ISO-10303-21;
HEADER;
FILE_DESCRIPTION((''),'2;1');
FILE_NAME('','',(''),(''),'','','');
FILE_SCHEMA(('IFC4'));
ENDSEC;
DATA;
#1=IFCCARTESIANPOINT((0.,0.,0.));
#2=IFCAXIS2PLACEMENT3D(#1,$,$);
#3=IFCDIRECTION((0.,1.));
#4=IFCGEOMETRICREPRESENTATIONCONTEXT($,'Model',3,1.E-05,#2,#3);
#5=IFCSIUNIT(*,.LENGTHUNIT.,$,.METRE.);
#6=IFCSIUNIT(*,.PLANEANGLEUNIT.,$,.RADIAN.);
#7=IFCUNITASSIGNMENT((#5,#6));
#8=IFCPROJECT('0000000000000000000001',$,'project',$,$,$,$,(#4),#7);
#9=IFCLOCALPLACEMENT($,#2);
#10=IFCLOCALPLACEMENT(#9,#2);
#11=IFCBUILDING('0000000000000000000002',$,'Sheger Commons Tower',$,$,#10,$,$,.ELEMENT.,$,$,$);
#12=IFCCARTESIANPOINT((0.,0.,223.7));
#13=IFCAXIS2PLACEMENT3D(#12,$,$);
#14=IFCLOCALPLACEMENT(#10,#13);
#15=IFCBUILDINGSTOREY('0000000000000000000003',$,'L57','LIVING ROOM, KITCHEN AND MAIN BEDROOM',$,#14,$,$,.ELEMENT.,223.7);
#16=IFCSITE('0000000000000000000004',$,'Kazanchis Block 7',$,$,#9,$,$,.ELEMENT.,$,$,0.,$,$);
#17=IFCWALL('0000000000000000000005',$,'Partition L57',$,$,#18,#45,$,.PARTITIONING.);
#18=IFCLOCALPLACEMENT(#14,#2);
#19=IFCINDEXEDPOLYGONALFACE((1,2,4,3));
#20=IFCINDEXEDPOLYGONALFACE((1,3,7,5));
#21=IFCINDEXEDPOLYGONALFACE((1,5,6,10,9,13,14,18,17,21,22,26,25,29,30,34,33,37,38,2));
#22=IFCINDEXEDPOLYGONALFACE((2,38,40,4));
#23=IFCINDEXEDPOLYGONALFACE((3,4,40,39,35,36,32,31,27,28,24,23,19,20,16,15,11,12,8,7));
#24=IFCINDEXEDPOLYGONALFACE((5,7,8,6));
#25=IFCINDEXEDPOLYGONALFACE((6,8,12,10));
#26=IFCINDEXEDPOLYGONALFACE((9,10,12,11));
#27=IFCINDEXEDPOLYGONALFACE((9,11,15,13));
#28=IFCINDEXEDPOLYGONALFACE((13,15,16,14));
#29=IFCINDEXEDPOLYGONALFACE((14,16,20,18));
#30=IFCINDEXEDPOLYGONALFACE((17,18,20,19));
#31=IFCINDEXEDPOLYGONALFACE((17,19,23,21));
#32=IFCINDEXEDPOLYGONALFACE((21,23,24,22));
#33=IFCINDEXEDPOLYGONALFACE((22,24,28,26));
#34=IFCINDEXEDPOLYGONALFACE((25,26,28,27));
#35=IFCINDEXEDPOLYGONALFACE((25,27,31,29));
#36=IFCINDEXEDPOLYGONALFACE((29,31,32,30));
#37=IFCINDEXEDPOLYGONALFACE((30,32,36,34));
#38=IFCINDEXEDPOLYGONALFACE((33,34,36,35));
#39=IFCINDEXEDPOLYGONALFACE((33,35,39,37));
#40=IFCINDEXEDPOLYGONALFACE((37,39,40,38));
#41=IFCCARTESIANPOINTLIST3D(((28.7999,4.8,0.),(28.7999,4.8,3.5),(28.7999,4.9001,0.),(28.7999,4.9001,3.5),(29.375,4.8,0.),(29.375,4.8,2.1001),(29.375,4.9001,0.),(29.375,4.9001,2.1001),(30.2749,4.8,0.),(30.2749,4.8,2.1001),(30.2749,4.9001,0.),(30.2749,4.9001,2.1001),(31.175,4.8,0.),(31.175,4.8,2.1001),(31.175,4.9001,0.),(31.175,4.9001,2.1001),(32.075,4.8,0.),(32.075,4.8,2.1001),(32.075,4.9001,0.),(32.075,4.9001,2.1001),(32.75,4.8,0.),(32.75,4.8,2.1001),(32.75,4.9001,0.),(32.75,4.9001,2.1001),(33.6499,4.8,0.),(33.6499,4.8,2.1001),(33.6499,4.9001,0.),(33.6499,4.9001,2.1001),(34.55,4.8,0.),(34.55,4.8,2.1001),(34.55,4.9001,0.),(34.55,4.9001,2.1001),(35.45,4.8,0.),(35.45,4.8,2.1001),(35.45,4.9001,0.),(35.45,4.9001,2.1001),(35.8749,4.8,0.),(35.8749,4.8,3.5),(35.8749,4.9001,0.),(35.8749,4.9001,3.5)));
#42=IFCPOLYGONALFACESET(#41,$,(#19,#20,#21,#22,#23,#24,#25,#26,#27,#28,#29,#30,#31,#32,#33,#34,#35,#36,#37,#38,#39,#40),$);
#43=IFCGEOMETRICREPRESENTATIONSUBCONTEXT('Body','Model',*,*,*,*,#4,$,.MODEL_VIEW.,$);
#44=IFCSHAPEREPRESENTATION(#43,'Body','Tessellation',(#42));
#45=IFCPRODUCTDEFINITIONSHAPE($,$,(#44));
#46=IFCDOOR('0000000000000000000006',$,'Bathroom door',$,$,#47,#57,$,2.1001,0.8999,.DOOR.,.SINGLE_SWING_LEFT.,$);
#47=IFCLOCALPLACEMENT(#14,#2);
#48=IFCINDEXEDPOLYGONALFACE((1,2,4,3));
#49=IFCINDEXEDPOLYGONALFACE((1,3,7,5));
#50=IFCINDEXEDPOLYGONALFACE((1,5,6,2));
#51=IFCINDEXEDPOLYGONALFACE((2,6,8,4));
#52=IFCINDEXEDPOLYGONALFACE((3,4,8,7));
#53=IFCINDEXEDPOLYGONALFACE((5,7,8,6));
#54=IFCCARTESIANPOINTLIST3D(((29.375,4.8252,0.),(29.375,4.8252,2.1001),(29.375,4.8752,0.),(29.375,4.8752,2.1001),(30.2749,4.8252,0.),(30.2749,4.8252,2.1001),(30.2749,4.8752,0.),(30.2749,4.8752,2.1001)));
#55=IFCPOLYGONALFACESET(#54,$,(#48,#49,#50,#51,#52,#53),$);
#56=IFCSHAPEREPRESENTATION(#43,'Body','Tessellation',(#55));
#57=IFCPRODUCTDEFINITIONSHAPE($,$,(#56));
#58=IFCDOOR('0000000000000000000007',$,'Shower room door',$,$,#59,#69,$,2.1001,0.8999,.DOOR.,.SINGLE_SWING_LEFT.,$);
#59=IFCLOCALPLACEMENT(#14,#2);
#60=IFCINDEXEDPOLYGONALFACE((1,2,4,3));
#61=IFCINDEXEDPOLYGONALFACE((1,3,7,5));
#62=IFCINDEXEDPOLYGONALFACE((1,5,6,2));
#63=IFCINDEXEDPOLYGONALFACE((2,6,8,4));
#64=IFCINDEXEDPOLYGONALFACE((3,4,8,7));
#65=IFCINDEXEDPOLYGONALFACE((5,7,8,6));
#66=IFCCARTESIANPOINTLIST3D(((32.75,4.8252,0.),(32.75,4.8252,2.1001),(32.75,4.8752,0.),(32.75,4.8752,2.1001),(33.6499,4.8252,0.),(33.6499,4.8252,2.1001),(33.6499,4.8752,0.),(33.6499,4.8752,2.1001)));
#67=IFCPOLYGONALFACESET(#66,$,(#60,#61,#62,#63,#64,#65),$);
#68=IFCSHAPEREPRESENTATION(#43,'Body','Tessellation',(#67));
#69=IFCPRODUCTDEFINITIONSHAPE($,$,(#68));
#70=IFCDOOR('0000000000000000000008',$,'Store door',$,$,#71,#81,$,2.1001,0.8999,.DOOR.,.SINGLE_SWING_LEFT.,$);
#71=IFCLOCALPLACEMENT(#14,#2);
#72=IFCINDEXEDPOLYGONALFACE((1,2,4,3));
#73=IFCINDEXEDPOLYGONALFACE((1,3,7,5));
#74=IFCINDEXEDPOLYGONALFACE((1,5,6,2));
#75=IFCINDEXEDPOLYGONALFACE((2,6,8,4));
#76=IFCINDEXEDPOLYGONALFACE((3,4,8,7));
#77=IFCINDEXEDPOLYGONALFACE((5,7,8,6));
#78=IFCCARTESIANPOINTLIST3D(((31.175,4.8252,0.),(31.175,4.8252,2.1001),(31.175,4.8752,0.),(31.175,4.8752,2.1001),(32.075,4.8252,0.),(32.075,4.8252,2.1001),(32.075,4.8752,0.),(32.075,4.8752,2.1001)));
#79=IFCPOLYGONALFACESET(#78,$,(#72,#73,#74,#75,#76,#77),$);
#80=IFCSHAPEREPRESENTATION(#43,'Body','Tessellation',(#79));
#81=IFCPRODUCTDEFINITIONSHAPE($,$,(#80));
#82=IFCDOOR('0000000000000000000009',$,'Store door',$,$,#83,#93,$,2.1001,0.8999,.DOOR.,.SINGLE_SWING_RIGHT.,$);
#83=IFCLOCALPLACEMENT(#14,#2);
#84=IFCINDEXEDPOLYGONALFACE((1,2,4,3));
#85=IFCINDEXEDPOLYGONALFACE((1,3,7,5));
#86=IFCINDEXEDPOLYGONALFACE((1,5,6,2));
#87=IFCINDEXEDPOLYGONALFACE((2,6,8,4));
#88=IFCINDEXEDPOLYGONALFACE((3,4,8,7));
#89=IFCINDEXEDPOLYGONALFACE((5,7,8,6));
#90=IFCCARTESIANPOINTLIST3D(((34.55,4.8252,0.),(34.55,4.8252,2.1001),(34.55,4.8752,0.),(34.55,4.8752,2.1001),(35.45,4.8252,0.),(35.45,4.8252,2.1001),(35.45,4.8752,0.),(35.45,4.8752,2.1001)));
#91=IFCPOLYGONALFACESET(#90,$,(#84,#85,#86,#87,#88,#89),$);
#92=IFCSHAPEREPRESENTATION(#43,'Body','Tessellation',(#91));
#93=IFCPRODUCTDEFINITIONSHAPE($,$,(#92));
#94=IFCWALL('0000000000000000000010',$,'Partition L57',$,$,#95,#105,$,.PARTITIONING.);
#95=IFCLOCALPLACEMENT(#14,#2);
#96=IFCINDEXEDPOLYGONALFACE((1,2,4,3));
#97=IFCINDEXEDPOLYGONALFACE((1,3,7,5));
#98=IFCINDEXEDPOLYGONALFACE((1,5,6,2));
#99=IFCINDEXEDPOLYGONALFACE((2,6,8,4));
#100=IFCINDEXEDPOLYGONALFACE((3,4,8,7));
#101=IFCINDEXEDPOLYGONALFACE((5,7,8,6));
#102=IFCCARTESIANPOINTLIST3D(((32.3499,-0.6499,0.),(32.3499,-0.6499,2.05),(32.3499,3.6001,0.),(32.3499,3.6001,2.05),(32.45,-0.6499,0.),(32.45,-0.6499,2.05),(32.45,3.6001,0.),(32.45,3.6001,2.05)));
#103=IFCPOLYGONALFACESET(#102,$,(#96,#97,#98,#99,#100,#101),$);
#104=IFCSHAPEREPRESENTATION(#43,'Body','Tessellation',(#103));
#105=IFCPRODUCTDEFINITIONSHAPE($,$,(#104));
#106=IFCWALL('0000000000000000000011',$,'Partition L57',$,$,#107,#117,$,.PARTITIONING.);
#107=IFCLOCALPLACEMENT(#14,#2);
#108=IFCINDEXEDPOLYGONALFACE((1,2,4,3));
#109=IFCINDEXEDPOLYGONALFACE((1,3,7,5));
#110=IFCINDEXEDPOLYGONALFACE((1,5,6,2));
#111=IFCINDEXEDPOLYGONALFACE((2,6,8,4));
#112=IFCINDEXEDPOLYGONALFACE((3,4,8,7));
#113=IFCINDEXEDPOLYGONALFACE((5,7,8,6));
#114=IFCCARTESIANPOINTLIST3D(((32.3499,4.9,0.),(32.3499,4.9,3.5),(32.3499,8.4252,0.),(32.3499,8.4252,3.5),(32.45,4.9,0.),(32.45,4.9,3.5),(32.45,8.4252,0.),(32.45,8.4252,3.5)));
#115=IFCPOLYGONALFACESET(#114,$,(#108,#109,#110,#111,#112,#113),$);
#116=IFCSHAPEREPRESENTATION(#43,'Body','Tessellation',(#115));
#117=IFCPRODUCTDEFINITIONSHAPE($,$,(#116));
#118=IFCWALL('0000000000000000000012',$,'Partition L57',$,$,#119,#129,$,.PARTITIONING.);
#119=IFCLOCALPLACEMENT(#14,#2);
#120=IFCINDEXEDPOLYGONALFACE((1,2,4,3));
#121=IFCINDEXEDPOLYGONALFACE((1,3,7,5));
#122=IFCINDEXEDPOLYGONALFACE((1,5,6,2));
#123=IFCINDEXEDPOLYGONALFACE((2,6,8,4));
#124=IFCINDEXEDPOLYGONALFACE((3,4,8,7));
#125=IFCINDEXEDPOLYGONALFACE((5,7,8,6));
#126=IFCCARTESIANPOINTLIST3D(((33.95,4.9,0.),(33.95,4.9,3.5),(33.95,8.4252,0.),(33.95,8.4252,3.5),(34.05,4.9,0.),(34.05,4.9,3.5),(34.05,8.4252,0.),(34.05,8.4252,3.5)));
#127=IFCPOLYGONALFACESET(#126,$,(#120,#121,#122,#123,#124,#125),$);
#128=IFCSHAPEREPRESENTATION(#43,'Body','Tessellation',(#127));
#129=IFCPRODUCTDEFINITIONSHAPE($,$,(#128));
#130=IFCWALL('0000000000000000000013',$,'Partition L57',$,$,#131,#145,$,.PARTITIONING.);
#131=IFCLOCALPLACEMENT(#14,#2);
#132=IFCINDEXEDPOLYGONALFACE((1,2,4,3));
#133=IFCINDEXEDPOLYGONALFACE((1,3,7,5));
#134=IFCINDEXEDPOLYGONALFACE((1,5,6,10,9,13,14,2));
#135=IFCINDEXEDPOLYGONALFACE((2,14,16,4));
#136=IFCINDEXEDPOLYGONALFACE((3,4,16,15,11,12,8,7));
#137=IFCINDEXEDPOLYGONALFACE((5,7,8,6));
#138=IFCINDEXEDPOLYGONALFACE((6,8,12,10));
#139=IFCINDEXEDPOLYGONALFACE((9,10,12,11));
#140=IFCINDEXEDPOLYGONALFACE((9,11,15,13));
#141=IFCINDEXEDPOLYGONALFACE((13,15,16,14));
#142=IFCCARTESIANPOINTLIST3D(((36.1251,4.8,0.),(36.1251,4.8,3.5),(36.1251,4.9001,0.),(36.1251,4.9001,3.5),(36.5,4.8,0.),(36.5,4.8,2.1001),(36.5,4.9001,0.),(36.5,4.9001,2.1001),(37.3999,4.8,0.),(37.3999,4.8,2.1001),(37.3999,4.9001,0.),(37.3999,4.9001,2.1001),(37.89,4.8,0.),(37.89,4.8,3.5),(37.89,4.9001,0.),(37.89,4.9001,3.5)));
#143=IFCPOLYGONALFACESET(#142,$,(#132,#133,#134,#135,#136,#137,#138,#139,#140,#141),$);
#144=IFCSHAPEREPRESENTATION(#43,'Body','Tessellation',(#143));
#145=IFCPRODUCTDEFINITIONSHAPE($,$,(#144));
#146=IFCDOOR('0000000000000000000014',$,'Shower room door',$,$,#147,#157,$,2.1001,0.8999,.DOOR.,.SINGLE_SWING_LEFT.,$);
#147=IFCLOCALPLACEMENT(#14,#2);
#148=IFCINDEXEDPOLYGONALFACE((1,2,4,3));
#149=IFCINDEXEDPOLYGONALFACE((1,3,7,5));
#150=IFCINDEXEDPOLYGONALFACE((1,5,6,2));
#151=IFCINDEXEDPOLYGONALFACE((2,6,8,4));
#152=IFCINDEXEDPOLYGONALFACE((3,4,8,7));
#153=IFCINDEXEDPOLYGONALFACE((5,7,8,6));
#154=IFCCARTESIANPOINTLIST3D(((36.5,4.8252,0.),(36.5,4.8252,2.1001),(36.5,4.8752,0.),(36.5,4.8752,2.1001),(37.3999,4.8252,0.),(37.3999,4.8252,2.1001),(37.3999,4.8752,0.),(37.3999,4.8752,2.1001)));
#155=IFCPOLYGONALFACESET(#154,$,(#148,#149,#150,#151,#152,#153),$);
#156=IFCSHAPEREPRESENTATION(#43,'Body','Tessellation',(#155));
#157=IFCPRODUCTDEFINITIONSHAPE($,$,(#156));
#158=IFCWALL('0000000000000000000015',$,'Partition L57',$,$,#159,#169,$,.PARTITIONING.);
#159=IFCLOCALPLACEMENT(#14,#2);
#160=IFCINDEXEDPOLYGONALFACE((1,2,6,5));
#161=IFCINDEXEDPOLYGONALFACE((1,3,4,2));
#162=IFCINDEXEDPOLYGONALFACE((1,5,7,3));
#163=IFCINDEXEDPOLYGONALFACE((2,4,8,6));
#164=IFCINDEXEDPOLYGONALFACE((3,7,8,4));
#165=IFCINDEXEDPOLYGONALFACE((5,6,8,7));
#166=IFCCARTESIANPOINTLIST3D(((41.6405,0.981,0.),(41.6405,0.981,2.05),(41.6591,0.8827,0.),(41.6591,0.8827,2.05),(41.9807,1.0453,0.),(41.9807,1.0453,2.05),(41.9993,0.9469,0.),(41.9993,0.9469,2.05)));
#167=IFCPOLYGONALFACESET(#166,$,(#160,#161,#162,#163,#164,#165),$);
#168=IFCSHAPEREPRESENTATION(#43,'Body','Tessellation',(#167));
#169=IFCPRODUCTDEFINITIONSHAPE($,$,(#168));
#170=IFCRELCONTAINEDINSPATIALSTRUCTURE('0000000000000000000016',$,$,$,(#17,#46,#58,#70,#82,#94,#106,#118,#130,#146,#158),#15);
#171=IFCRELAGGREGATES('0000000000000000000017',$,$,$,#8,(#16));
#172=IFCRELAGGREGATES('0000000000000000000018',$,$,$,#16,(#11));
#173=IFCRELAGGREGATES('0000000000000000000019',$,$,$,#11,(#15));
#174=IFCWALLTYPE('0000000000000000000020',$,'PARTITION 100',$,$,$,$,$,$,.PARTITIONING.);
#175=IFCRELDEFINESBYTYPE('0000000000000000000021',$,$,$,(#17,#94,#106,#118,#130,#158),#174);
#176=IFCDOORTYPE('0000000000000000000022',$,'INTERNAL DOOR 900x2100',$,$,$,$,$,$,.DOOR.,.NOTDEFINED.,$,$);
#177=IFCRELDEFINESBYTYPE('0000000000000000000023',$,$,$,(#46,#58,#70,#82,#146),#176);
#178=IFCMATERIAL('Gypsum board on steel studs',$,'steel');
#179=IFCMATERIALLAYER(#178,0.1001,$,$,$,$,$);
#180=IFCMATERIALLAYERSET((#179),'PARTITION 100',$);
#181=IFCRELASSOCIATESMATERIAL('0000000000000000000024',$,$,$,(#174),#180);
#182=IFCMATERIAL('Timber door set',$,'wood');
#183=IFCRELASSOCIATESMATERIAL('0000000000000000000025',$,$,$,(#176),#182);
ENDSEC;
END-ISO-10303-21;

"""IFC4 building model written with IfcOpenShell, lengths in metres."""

from ifc_helpers import new_model, si_unit, direction, frame, frame_2d, origin, place, context, subcontext, project, spatial, rectangle, extrude, material, layer, layer_set, type_object, element, fill, save


model = new_model("IFC4")

# Units and contexts
model_context = context("Model", 3, precision=1e-05, world=origin(), true_north=direction((0.0, 1.0)))
body_context = subcontext(model_context, "Body", "Model", "MODEL_VIEW")
ifc_project = project(units=[si_unit("LENGTHUNIT", "METRE"), si_unit("PLANEANGLEUNIT", "RADIAN")], contexts=[model_context])

# Site, building, storey
site_placement = place(None, origin())
site = spatial("IfcSite", under=ifc_project, at=site_placement, Name="Kazanchis Block 7", CompositionType="ELEMENT", RefElevation=0.0)
building_placement = place(site_placement, origin())
building = spatial("IfcBuilding", under=site, at=building_placement, Name="Sheger Commons Tower", CompositionType="ELEMENT")
storey_placement = place(building_placement, frame((0.0, 0.0, 223.7)))
storey = spatial("IfcBuildingStorey", under=building, at=storey_placement, Name="L57", Description="LIVING ROOM, KITCHEN AND MAIN BEDROOM", CompositionType="ELEMENT", Elevation=223.7)

# Wall, openings, doors
ifc_material_1 = material(Name="Gypsum board on steel studs", Category="steel")
ifc_layer_1 = layer(ifc_material_1, 0.1001)
ifc_layer_set_1 = layer_set([ifc_layer_1], Name="PARTITION 100")
wall_type_1 = type_object("IfcWallType", Name="PARTITION 100", PredefinedType="PARTITIONING", material=ifc_layer_set_1)
ifc_material_2 = material(Name="Timber door set", Category="wood")
door_type = type_object("IfcDoorType", Name="INTERNAL DOOR 900x2100", OperationType="NOTDEFINED", PredefinedType="DOOR", material=ifc_material_2)
wall_1_placement = place(storey_placement, frame((35.875, 4.8501, 0.0), z_axis=(0.0, 0.0, 1.0), x_axis=(-1.0, 0.0, 0.0)))
wall_1 = element("IfcWall", 1, at=wall_1_placement, inside=storey, type_object=wall_type_1, Name="Partition L57", PredefinedType="PARTITIONING", context=body_context, shape_type="SweptSolid", body=[
    extrude(rectangle(XDim=7.075, YDim=0.1001, at=frame_2d((3.5376, 0.0))), origin(), (0.0, 0.0, 1.0), 3.5),
])
opening_1_placement = place(wall_1_placement, frame((5.6001, 0.0, 0.0)))
opening_1 = element("IfcOpeningElement", 2, at=opening_1_placement, cuts=wall_1, PredefinedType="OPENING", context=body_context, shape_type="SweptSolid", body=[
    extrude(rectangle(XDim=0.8999, YDim=2.1001, at=frame_2d((0.45, 1.05))), frame((0.0, 0.0601, 0.0), z_axis=(0.0, -1.0, 0.0), x_axis=(1.0, 0.0, 0.0)), (0.0, 0.0, 1.0), 0.1201),
])
opening_2_placement = place(wall_1_placement, frame((2.2251, 0.0, 0.0)))
opening_2 = element("IfcOpeningElement", 3, at=opening_2_placement, cuts=wall_1, PredefinedType="OPENING", context=body_context, shape_type="SweptSolid", body=[
    extrude(rectangle(XDim=0.8999, YDim=2.1001, at=frame_2d((0.45, 1.05))), frame((0.0, 0.0601, 0.0), z_axis=(0.0, -1.0, 0.0), x_axis=(1.0, 0.0, 0.0)), (0.0, 0.0, 1.0), 0.1201),
])
opening_3_placement = place(wall_1_placement, frame((3.8, 0.0, 0.0)))
opening_3 = element("IfcOpeningElement", 4, at=opening_3_placement, cuts=wall_1, PredefinedType="OPENING", context=body_context, shape_type="SweptSolid", body=[
    extrude(rectangle(XDim=0.8999, YDim=2.1001, at=frame_2d((0.45, 1.05))), frame((0.0, 0.0601, 0.0), z_axis=(0.0, -1.0, 0.0), x_axis=(1.0, 0.0, 0.0)), (0.0, 0.0, 1.0), 0.1201),
])
opening_4_placement = place(wall_1_placement, frame((0.425, 0.0, 0.0)))
opening_4 = element("IfcOpeningElement", 5, at=opening_4_placement, cuts=wall_1, PredefinedType="OPENING", context=body_context, shape_type="SweptSolid", body=[
    extrude(rectangle(XDim=0.8999, YDim=2.1001, at=frame_2d((0.45, 1.05))), frame((0.0, 0.0601, 0.0), z_axis=(0.0, -1.0, 0.0), x_axis=(1.0, 0.0, 0.0)), (0.0, 0.0, 1.0), 0.1201),
])
door_1_placement = place(opening_1_placement, origin())
door_1 = element("IfcDoor", 6, at=door_1_placement, inside=storey, type_object=door_type, Name="Bathroom door", OperationType="SINGLE_SWING_LEFT", OverallHeight=2.1001, OverallWidth=0.8999, PredefinedType="DOOR", context=body_context, shape_type="SweptSolid", body=[
    extrude(rectangle(XDim=0.8999, YDim=2.1001, at=frame_2d((0.45, 1.05))), frame((0.0, 0.0249, 0.0), z_axis=(0.0, -1.0, 0.0), x_axis=(1.0, 0.0, 0.0)), (0.0, 0.0, 1.0), 0.05),
])
fill(opening_1, door_1)
door_2_placement = place(opening_2_placement, origin())
door_2 = element("IfcDoor", 7, at=door_2_placement, inside=storey, type_object=door_type, Name="Shower room door", OperationType="SINGLE_SWING_LEFT", OverallHeight=2.1001, OverallWidth=0.8999, PredefinedType="DOOR", context=body_context, shape_type="SweptSolid", body=[
    extrude(rectangle(XDim=0.8999, YDim=2.1001, at=frame_2d((0.45, 1.05))), frame((0.0, 0.0249, 0.0), z_axis=(0.0, -1.0, 0.0), x_axis=(1.0, 0.0, 0.0)), (0.0, 0.0, 1.0), 0.05),
])
fill(opening_2, door_2)
door_3_placement = place(opening_3_placement, origin())
door_3 = element("IfcDoor", 8, at=door_3_placement, inside=storey, type_object=door_type, Name="Store door", OperationType="SINGLE_SWING_LEFT", OverallHeight=2.1001, OverallWidth=0.8999, PredefinedType="DOOR", context=body_context, shape_type="SweptSolid", body=[
    extrude(rectangle(XDim=0.8999, YDim=2.1001, at=frame_2d((0.45, 1.05))), frame((0.0, 0.0249, 0.0), z_axis=(0.0, -1.0, 0.0), x_axis=(1.0, 0.0, 0.0)), (0.0, 0.0, 1.0), 0.05),
])
fill(opening_3, door_3)
door_4_placement = place(opening_4_placement, origin())
door_4 = element("IfcDoor", 9, at=door_4_placement, inside=storey, type_object=door_type, Name="Store door", OperationType="SINGLE_SWING_RIGHT", OverallHeight=2.1001, OverallWidth=0.8999, PredefinedType="DOOR", context=body_context, shape_type="SweptSolid", body=[
    extrude(rectangle(XDim=0.8999, YDim=2.1001, at=frame_2d((0.45, 1.05))), frame((0.0, 0.0249, 0.0), z_axis=(0.0, -1.0, 0.0), x_axis=(1.0, 0.0, 0.0)), (0.0, 0.0, 1.0), 0.05),
])
fill(opening_4, door_4)

# Walls
wall_2_placement = place(storey_placement, frame((32.3999, -0.6499, 0.0), z_axis=(0.0, 0.0, 1.0), x_axis=(0.0, 1.0, 0.0)))
element("IfcWall", 10, at=wall_2_placement, inside=storey, type_object=wall_type_1, Name="Partition L57", PredefinedType="PARTITIONING", context=body_context, shape_type="SweptSolid", body=[
    extrude(rectangle(XDim=4.25, YDim=0.1001, at=frame_2d((2.125, 0.0))), origin(), (0.0, 0.0, 1.0), 2.05),
])
for number, where, z_axis, x_axis, name in (
    (11, (32.3999, 4.8999, 0.0), (0.0, 0.0, 1.0), (0.0, 1.0, 0.0), "Partition L57"),
    (12, (34.0, 4.8999, 0.0), (0.0, 0.0, 1.0), (0.0, 1.0, 0.0), "Partition L57"),
):
    element("IfcWall", number, at=place(storey_placement, frame(where, z_axis=z_axis, x_axis=x_axis)), inside=storey, type_object=wall_type_1, Name=name, PredefinedType="PARTITIONING", context=body_context, shape_type="SweptSolid", body=[
        extrude(rectangle(XDim=3.5251, YDim=0.1001, at=frame_2d((1.7627, 0.0))), origin(), (0.0, 0.0, 1.0), 3.5),
    ])

# Wall, opening, door
wall_3_placement = place(storey_placement, frame((37.8899, 4.8501, 0.0), z_axis=(0.0, 0.0, 1.0), x_axis=(-1.0, 0.0, 0.0)))
wall_3 = element("IfcWall", 13, at=wall_3_placement, inside=storey, type_object=wall_type_1, Name="Partition L57", PredefinedType="PARTITIONING", context=body_context, shape_type="SweptSolid", body=[
    extrude(rectangle(XDim=1.7649, YDim=0.1001, at=frame_2d((0.8823, 0.0))), origin(), (0.0, 0.0, 1.0), 3.5),
])
opening_5_placement = place(wall_3_placement, frame((0.49, 0.0, 0.0)))
opening_5 = element("IfcOpeningElement", 14, at=opening_5_placement, cuts=wall_3, PredefinedType="OPENING", context=body_context, shape_type="SweptSolid", body=[
    extrude(rectangle(XDim=0.8999, YDim=2.1001, at=frame_2d((0.45, 1.05))), frame((0.0, 0.0601, 0.0), z_axis=(0.0, -1.0, 0.0), x_axis=(1.0, 0.0, 0.0)), (0.0, 0.0, 1.0), 0.1201),
])
door_5_placement = place(opening_5_placement, origin())
door_5 = element("IfcDoor", 15, at=door_5_placement, inside=storey, type_object=door_type, Name="Shower room door", OperationType="SINGLE_SWING_LEFT", OverallHeight=2.1001, OverallWidth=0.8999, PredefinedType="DOOR", context=body_context, shape_type="SweptSolid", body=[
    extrude(rectangle(XDim=0.8999, YDim=2.1001, at=frame_2d((0.45, 1.05))), frame((0.0, 0.0249, 0.0), z_axis=(0.0, -1.0, 0.0), x_axis=(1.0, 0.0, 0.0)), (0.0, 0.0, 1.0), 0.05),
])
fill(opening_5, door_5)

# Wall
wall_4_placement = place(storey_placement, frame((41.99, 0.9961, 0.0), z_axis=(0.0, 0.0, 1.0), x_axis=(-0.98264, -0.185524, 0.0)))
element("IfcWall", 16, at=wall_4_placement, inside=storey, type_object=wall_type_1, Name="Partition L57", PredefinedType="PARTITIONING", context=body_context, shape_type="SweptSolid", body=[
    extrude(rectangle(XDim=0.3462, YDim=0.1001, at=frame_2d((0.1731, 0.0))), origin(), (0.0, 0.0, 1.0), 2.05),
])

save(model, "model.ifc")
